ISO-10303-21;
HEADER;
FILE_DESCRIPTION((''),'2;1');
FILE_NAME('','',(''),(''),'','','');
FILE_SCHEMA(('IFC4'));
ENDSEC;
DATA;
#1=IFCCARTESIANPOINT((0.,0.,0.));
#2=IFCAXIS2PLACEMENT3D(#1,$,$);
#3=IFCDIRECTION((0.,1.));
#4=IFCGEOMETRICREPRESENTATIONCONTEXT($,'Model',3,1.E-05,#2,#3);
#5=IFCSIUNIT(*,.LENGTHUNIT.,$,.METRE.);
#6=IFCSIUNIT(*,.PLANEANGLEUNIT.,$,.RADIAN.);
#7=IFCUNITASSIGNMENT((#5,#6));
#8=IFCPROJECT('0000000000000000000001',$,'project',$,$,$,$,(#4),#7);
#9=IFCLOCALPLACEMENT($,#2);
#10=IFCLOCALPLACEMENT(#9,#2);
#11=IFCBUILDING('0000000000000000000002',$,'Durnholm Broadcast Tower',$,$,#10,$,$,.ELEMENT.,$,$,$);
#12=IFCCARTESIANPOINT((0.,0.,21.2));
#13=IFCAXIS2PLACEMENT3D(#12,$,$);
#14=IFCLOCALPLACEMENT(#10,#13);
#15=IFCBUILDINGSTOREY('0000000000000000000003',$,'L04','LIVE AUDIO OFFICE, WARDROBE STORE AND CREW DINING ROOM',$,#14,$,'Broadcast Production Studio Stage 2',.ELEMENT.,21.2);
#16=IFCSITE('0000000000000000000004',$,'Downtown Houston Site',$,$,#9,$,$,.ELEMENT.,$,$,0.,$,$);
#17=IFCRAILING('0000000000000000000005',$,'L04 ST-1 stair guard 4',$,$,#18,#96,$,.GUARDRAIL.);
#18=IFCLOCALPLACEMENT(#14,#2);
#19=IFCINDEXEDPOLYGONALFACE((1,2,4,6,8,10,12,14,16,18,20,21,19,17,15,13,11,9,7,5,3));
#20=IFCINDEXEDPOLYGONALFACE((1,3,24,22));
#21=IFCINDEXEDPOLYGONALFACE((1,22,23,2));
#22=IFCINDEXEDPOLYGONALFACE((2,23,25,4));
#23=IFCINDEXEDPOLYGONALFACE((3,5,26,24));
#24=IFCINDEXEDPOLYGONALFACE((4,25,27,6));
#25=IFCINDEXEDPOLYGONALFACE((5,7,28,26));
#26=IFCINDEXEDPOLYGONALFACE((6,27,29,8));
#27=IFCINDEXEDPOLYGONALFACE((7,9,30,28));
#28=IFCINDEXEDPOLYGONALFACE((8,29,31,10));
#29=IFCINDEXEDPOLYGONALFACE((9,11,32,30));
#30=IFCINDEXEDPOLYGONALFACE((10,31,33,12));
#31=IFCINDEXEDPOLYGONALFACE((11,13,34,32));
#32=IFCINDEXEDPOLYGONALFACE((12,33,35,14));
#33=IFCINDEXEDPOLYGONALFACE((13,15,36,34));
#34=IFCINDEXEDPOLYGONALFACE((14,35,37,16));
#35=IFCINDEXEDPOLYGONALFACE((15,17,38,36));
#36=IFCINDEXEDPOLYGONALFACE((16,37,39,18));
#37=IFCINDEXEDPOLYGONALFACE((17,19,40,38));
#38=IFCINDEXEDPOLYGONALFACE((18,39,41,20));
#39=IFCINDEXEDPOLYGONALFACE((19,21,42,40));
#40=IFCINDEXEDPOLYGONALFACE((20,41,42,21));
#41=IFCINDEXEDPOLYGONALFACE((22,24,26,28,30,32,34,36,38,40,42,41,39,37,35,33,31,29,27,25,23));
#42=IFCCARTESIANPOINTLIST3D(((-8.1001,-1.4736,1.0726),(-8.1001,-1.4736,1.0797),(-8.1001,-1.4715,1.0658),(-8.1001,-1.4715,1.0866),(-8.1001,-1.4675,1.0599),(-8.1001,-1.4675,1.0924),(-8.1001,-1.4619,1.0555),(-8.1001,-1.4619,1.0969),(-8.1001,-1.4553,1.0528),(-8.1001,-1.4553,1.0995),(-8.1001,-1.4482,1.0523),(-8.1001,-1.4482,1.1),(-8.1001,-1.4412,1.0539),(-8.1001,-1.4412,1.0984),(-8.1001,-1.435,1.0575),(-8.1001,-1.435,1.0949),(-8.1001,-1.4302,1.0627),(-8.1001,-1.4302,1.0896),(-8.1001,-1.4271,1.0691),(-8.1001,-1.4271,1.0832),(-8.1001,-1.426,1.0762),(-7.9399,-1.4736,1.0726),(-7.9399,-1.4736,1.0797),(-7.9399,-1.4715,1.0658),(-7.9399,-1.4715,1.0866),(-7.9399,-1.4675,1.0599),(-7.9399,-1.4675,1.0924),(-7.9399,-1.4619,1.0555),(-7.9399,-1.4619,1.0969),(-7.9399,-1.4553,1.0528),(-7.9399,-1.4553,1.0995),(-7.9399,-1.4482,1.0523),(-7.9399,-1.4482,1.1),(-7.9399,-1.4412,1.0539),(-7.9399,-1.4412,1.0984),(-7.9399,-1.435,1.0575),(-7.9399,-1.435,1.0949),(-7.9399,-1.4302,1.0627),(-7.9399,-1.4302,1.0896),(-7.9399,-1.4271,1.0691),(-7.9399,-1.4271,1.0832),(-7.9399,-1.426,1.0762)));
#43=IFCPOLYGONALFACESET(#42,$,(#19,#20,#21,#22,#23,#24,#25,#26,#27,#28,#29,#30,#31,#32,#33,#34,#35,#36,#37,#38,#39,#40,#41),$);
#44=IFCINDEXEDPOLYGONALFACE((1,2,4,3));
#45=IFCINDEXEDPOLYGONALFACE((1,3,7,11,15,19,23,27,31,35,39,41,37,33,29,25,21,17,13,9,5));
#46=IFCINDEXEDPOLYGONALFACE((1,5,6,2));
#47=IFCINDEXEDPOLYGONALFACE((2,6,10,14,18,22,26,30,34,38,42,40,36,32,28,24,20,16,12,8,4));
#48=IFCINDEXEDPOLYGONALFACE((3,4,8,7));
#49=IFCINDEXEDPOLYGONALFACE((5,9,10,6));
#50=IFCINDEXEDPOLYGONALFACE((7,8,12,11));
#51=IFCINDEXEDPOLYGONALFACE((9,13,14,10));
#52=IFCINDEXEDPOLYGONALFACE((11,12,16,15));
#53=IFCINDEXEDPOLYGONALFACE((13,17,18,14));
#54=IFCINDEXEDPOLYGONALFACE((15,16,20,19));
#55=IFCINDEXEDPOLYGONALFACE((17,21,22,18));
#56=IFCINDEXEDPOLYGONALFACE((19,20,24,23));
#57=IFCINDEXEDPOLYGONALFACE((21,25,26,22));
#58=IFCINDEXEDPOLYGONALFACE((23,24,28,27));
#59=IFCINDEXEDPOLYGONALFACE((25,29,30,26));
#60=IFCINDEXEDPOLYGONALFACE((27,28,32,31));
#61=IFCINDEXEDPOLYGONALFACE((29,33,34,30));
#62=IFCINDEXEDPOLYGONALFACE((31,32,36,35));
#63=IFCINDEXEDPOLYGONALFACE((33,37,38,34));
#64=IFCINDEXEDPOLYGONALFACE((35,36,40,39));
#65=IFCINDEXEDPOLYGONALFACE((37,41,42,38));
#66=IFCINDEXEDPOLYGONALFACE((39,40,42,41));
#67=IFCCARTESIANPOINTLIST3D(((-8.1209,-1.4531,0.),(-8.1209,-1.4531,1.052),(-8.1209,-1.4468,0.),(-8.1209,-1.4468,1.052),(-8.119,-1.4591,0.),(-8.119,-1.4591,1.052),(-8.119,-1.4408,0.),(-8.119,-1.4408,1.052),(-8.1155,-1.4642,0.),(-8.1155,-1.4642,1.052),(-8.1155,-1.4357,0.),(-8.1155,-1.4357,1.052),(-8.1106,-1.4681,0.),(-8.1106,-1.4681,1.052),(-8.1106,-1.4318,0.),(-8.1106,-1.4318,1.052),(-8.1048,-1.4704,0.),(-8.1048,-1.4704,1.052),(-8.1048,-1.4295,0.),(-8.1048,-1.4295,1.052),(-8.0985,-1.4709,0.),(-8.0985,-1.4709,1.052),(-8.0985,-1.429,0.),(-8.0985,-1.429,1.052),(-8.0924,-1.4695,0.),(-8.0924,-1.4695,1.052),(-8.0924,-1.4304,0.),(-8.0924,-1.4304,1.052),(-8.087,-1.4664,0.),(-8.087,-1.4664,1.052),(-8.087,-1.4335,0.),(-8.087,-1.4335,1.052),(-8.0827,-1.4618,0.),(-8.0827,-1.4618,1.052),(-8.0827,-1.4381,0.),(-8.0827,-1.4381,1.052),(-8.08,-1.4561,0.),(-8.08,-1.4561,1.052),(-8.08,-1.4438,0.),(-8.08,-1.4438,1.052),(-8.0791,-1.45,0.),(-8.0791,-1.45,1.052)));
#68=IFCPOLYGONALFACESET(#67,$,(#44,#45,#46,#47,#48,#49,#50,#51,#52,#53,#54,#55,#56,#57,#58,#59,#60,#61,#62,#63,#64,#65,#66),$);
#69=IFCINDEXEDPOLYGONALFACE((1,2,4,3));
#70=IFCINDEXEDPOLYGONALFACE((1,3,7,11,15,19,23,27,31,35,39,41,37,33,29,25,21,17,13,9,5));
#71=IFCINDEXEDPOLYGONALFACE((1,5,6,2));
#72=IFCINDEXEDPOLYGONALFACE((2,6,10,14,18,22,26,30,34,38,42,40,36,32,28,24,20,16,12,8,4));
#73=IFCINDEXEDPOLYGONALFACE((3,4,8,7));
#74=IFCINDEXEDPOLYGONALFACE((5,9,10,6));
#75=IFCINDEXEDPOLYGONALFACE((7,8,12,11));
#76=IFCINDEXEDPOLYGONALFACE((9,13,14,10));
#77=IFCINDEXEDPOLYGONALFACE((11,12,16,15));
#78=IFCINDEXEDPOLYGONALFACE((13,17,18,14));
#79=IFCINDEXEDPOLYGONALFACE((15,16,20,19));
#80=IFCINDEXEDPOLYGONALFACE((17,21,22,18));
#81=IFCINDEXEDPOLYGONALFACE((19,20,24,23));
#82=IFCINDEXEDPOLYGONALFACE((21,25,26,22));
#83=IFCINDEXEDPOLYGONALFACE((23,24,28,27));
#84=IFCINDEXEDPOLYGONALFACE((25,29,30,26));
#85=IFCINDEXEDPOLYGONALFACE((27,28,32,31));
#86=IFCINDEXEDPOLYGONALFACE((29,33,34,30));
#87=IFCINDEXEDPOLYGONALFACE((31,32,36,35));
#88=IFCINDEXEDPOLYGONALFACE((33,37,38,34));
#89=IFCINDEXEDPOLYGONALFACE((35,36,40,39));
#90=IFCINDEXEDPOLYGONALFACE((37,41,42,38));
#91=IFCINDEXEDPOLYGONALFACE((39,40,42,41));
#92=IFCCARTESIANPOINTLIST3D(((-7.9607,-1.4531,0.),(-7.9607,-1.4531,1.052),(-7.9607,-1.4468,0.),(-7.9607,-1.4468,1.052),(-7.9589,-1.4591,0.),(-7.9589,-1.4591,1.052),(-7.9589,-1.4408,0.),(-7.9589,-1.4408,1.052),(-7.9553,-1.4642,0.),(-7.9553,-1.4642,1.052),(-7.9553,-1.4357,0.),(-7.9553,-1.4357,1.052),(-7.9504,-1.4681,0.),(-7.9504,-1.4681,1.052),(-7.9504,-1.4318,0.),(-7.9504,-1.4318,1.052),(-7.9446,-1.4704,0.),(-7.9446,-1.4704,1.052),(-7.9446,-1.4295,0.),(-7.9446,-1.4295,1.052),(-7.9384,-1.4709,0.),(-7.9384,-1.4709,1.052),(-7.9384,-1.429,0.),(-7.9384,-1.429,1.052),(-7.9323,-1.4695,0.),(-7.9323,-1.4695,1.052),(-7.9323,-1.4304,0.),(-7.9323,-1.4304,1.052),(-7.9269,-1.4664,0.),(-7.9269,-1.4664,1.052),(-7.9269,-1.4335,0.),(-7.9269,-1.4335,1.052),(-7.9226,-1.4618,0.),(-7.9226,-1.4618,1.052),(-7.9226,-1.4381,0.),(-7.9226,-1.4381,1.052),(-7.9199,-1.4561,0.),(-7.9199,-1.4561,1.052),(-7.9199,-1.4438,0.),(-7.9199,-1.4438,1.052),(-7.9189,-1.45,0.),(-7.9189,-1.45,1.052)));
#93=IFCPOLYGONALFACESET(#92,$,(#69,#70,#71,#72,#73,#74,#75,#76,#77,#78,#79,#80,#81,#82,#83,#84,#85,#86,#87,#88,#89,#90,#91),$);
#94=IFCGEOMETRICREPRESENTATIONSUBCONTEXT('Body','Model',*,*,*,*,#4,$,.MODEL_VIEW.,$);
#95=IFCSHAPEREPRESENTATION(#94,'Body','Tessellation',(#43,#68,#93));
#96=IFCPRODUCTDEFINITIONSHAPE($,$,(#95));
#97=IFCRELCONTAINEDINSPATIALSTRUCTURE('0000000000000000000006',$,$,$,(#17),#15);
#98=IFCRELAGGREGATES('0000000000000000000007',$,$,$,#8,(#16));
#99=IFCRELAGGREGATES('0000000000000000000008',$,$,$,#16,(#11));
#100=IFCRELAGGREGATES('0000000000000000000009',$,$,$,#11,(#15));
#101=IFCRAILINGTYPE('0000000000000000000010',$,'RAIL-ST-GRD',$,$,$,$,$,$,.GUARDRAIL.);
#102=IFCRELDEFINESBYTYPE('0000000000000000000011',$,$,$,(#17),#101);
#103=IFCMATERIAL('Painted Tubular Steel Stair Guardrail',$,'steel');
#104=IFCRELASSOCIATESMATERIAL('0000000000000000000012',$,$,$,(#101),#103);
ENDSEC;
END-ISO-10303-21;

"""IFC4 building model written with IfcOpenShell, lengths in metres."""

from ifc_helpers import new_model, si_unit, direction, frame, origin, origin_2d, place, context, subcontext, project, spatial, circle, extrude, material, type_object, element, save


model = new_model("IFC4")

# Units and contexts
model_context = context("Model", 3, precision=1e-05, world=origin(), true_north=direction((0.0, 1.0)))
body_context = subcontext(model_context, "Body", "Model", "MODEL_VIEW")
ifc_project = project(units=[si_unit("LENGTHUNIT", "METRE"), si_unit("PLANEANGLEUNIT", "RADIAN")], contexts=[model_context])

# Site, building, storey
site_placement = place(None, origin())
site = spatial("IfcSite", under=ifc_project, at=site_placement, Name="Downtown Houston Site", CompositionType="ELEMENT", RefElevation=0.0)
building_placement = place(site_placement, origin())
building = spatial("IfcBuilding", under=site, at=building_placement, Name="Durnholm Broadcast Tower", CompositionType="ELEMENT")
storey_placement = place(building_placement, frame((0.0, 0.0, 21.2)))
storey = spatial("IfcBuildingStorey", under=building, at=storey_placement, Name="L04", Description="LIVE AUDIO OFFICE, WARDROBE STORE AND CREW DINING ROOM", LongName="Broadcast Production Studio Stage 2", CompositionType="ELEMENT", Elevation=21.2)

# Railing
ifc_material_1 = material(Name="Painted Tubular Steel Stair Guardrail", Category="steel")
railing_type_1 = type_object("IfcRailingType", Name="RAIL-ST-GRD", PredefinedType="GUARDRAIL", material=ifc_material_1)
railing_1_placement = place(storey_placement, frame((-8.1001, -1.45, 0.0)))
element("IfcRailing", 1, at=railing_1_placement, inside=storey, type_object=railing_type_1, Name="L04 ST-1 stair guard 4", PredefinedType="GUARDRAIL", context=body_context, shape_type="SweptSolid", body=[
    extrude(circle(Radius=0.0239, at=origin_2d()), frame((0.0, 0.0, 1.0762), z_axis=(1.0, 0.0, 0.0), x_axis=(0.0, 1.0, 0.0)), (0.0, 0.0, 1.0), 0.1602),
    extrude(circle(Radius=0.021, at=origin_2d()), origin(), (0.0, 0.0, 1.0), 1.052),
    extrude(circle(Radius=0.021, at=origin_2d()), frame((0.1602, 0.0, 0.0)), (0.0, 0.0, 1.0), 1.052),
])

save(model, "model.ifc")
